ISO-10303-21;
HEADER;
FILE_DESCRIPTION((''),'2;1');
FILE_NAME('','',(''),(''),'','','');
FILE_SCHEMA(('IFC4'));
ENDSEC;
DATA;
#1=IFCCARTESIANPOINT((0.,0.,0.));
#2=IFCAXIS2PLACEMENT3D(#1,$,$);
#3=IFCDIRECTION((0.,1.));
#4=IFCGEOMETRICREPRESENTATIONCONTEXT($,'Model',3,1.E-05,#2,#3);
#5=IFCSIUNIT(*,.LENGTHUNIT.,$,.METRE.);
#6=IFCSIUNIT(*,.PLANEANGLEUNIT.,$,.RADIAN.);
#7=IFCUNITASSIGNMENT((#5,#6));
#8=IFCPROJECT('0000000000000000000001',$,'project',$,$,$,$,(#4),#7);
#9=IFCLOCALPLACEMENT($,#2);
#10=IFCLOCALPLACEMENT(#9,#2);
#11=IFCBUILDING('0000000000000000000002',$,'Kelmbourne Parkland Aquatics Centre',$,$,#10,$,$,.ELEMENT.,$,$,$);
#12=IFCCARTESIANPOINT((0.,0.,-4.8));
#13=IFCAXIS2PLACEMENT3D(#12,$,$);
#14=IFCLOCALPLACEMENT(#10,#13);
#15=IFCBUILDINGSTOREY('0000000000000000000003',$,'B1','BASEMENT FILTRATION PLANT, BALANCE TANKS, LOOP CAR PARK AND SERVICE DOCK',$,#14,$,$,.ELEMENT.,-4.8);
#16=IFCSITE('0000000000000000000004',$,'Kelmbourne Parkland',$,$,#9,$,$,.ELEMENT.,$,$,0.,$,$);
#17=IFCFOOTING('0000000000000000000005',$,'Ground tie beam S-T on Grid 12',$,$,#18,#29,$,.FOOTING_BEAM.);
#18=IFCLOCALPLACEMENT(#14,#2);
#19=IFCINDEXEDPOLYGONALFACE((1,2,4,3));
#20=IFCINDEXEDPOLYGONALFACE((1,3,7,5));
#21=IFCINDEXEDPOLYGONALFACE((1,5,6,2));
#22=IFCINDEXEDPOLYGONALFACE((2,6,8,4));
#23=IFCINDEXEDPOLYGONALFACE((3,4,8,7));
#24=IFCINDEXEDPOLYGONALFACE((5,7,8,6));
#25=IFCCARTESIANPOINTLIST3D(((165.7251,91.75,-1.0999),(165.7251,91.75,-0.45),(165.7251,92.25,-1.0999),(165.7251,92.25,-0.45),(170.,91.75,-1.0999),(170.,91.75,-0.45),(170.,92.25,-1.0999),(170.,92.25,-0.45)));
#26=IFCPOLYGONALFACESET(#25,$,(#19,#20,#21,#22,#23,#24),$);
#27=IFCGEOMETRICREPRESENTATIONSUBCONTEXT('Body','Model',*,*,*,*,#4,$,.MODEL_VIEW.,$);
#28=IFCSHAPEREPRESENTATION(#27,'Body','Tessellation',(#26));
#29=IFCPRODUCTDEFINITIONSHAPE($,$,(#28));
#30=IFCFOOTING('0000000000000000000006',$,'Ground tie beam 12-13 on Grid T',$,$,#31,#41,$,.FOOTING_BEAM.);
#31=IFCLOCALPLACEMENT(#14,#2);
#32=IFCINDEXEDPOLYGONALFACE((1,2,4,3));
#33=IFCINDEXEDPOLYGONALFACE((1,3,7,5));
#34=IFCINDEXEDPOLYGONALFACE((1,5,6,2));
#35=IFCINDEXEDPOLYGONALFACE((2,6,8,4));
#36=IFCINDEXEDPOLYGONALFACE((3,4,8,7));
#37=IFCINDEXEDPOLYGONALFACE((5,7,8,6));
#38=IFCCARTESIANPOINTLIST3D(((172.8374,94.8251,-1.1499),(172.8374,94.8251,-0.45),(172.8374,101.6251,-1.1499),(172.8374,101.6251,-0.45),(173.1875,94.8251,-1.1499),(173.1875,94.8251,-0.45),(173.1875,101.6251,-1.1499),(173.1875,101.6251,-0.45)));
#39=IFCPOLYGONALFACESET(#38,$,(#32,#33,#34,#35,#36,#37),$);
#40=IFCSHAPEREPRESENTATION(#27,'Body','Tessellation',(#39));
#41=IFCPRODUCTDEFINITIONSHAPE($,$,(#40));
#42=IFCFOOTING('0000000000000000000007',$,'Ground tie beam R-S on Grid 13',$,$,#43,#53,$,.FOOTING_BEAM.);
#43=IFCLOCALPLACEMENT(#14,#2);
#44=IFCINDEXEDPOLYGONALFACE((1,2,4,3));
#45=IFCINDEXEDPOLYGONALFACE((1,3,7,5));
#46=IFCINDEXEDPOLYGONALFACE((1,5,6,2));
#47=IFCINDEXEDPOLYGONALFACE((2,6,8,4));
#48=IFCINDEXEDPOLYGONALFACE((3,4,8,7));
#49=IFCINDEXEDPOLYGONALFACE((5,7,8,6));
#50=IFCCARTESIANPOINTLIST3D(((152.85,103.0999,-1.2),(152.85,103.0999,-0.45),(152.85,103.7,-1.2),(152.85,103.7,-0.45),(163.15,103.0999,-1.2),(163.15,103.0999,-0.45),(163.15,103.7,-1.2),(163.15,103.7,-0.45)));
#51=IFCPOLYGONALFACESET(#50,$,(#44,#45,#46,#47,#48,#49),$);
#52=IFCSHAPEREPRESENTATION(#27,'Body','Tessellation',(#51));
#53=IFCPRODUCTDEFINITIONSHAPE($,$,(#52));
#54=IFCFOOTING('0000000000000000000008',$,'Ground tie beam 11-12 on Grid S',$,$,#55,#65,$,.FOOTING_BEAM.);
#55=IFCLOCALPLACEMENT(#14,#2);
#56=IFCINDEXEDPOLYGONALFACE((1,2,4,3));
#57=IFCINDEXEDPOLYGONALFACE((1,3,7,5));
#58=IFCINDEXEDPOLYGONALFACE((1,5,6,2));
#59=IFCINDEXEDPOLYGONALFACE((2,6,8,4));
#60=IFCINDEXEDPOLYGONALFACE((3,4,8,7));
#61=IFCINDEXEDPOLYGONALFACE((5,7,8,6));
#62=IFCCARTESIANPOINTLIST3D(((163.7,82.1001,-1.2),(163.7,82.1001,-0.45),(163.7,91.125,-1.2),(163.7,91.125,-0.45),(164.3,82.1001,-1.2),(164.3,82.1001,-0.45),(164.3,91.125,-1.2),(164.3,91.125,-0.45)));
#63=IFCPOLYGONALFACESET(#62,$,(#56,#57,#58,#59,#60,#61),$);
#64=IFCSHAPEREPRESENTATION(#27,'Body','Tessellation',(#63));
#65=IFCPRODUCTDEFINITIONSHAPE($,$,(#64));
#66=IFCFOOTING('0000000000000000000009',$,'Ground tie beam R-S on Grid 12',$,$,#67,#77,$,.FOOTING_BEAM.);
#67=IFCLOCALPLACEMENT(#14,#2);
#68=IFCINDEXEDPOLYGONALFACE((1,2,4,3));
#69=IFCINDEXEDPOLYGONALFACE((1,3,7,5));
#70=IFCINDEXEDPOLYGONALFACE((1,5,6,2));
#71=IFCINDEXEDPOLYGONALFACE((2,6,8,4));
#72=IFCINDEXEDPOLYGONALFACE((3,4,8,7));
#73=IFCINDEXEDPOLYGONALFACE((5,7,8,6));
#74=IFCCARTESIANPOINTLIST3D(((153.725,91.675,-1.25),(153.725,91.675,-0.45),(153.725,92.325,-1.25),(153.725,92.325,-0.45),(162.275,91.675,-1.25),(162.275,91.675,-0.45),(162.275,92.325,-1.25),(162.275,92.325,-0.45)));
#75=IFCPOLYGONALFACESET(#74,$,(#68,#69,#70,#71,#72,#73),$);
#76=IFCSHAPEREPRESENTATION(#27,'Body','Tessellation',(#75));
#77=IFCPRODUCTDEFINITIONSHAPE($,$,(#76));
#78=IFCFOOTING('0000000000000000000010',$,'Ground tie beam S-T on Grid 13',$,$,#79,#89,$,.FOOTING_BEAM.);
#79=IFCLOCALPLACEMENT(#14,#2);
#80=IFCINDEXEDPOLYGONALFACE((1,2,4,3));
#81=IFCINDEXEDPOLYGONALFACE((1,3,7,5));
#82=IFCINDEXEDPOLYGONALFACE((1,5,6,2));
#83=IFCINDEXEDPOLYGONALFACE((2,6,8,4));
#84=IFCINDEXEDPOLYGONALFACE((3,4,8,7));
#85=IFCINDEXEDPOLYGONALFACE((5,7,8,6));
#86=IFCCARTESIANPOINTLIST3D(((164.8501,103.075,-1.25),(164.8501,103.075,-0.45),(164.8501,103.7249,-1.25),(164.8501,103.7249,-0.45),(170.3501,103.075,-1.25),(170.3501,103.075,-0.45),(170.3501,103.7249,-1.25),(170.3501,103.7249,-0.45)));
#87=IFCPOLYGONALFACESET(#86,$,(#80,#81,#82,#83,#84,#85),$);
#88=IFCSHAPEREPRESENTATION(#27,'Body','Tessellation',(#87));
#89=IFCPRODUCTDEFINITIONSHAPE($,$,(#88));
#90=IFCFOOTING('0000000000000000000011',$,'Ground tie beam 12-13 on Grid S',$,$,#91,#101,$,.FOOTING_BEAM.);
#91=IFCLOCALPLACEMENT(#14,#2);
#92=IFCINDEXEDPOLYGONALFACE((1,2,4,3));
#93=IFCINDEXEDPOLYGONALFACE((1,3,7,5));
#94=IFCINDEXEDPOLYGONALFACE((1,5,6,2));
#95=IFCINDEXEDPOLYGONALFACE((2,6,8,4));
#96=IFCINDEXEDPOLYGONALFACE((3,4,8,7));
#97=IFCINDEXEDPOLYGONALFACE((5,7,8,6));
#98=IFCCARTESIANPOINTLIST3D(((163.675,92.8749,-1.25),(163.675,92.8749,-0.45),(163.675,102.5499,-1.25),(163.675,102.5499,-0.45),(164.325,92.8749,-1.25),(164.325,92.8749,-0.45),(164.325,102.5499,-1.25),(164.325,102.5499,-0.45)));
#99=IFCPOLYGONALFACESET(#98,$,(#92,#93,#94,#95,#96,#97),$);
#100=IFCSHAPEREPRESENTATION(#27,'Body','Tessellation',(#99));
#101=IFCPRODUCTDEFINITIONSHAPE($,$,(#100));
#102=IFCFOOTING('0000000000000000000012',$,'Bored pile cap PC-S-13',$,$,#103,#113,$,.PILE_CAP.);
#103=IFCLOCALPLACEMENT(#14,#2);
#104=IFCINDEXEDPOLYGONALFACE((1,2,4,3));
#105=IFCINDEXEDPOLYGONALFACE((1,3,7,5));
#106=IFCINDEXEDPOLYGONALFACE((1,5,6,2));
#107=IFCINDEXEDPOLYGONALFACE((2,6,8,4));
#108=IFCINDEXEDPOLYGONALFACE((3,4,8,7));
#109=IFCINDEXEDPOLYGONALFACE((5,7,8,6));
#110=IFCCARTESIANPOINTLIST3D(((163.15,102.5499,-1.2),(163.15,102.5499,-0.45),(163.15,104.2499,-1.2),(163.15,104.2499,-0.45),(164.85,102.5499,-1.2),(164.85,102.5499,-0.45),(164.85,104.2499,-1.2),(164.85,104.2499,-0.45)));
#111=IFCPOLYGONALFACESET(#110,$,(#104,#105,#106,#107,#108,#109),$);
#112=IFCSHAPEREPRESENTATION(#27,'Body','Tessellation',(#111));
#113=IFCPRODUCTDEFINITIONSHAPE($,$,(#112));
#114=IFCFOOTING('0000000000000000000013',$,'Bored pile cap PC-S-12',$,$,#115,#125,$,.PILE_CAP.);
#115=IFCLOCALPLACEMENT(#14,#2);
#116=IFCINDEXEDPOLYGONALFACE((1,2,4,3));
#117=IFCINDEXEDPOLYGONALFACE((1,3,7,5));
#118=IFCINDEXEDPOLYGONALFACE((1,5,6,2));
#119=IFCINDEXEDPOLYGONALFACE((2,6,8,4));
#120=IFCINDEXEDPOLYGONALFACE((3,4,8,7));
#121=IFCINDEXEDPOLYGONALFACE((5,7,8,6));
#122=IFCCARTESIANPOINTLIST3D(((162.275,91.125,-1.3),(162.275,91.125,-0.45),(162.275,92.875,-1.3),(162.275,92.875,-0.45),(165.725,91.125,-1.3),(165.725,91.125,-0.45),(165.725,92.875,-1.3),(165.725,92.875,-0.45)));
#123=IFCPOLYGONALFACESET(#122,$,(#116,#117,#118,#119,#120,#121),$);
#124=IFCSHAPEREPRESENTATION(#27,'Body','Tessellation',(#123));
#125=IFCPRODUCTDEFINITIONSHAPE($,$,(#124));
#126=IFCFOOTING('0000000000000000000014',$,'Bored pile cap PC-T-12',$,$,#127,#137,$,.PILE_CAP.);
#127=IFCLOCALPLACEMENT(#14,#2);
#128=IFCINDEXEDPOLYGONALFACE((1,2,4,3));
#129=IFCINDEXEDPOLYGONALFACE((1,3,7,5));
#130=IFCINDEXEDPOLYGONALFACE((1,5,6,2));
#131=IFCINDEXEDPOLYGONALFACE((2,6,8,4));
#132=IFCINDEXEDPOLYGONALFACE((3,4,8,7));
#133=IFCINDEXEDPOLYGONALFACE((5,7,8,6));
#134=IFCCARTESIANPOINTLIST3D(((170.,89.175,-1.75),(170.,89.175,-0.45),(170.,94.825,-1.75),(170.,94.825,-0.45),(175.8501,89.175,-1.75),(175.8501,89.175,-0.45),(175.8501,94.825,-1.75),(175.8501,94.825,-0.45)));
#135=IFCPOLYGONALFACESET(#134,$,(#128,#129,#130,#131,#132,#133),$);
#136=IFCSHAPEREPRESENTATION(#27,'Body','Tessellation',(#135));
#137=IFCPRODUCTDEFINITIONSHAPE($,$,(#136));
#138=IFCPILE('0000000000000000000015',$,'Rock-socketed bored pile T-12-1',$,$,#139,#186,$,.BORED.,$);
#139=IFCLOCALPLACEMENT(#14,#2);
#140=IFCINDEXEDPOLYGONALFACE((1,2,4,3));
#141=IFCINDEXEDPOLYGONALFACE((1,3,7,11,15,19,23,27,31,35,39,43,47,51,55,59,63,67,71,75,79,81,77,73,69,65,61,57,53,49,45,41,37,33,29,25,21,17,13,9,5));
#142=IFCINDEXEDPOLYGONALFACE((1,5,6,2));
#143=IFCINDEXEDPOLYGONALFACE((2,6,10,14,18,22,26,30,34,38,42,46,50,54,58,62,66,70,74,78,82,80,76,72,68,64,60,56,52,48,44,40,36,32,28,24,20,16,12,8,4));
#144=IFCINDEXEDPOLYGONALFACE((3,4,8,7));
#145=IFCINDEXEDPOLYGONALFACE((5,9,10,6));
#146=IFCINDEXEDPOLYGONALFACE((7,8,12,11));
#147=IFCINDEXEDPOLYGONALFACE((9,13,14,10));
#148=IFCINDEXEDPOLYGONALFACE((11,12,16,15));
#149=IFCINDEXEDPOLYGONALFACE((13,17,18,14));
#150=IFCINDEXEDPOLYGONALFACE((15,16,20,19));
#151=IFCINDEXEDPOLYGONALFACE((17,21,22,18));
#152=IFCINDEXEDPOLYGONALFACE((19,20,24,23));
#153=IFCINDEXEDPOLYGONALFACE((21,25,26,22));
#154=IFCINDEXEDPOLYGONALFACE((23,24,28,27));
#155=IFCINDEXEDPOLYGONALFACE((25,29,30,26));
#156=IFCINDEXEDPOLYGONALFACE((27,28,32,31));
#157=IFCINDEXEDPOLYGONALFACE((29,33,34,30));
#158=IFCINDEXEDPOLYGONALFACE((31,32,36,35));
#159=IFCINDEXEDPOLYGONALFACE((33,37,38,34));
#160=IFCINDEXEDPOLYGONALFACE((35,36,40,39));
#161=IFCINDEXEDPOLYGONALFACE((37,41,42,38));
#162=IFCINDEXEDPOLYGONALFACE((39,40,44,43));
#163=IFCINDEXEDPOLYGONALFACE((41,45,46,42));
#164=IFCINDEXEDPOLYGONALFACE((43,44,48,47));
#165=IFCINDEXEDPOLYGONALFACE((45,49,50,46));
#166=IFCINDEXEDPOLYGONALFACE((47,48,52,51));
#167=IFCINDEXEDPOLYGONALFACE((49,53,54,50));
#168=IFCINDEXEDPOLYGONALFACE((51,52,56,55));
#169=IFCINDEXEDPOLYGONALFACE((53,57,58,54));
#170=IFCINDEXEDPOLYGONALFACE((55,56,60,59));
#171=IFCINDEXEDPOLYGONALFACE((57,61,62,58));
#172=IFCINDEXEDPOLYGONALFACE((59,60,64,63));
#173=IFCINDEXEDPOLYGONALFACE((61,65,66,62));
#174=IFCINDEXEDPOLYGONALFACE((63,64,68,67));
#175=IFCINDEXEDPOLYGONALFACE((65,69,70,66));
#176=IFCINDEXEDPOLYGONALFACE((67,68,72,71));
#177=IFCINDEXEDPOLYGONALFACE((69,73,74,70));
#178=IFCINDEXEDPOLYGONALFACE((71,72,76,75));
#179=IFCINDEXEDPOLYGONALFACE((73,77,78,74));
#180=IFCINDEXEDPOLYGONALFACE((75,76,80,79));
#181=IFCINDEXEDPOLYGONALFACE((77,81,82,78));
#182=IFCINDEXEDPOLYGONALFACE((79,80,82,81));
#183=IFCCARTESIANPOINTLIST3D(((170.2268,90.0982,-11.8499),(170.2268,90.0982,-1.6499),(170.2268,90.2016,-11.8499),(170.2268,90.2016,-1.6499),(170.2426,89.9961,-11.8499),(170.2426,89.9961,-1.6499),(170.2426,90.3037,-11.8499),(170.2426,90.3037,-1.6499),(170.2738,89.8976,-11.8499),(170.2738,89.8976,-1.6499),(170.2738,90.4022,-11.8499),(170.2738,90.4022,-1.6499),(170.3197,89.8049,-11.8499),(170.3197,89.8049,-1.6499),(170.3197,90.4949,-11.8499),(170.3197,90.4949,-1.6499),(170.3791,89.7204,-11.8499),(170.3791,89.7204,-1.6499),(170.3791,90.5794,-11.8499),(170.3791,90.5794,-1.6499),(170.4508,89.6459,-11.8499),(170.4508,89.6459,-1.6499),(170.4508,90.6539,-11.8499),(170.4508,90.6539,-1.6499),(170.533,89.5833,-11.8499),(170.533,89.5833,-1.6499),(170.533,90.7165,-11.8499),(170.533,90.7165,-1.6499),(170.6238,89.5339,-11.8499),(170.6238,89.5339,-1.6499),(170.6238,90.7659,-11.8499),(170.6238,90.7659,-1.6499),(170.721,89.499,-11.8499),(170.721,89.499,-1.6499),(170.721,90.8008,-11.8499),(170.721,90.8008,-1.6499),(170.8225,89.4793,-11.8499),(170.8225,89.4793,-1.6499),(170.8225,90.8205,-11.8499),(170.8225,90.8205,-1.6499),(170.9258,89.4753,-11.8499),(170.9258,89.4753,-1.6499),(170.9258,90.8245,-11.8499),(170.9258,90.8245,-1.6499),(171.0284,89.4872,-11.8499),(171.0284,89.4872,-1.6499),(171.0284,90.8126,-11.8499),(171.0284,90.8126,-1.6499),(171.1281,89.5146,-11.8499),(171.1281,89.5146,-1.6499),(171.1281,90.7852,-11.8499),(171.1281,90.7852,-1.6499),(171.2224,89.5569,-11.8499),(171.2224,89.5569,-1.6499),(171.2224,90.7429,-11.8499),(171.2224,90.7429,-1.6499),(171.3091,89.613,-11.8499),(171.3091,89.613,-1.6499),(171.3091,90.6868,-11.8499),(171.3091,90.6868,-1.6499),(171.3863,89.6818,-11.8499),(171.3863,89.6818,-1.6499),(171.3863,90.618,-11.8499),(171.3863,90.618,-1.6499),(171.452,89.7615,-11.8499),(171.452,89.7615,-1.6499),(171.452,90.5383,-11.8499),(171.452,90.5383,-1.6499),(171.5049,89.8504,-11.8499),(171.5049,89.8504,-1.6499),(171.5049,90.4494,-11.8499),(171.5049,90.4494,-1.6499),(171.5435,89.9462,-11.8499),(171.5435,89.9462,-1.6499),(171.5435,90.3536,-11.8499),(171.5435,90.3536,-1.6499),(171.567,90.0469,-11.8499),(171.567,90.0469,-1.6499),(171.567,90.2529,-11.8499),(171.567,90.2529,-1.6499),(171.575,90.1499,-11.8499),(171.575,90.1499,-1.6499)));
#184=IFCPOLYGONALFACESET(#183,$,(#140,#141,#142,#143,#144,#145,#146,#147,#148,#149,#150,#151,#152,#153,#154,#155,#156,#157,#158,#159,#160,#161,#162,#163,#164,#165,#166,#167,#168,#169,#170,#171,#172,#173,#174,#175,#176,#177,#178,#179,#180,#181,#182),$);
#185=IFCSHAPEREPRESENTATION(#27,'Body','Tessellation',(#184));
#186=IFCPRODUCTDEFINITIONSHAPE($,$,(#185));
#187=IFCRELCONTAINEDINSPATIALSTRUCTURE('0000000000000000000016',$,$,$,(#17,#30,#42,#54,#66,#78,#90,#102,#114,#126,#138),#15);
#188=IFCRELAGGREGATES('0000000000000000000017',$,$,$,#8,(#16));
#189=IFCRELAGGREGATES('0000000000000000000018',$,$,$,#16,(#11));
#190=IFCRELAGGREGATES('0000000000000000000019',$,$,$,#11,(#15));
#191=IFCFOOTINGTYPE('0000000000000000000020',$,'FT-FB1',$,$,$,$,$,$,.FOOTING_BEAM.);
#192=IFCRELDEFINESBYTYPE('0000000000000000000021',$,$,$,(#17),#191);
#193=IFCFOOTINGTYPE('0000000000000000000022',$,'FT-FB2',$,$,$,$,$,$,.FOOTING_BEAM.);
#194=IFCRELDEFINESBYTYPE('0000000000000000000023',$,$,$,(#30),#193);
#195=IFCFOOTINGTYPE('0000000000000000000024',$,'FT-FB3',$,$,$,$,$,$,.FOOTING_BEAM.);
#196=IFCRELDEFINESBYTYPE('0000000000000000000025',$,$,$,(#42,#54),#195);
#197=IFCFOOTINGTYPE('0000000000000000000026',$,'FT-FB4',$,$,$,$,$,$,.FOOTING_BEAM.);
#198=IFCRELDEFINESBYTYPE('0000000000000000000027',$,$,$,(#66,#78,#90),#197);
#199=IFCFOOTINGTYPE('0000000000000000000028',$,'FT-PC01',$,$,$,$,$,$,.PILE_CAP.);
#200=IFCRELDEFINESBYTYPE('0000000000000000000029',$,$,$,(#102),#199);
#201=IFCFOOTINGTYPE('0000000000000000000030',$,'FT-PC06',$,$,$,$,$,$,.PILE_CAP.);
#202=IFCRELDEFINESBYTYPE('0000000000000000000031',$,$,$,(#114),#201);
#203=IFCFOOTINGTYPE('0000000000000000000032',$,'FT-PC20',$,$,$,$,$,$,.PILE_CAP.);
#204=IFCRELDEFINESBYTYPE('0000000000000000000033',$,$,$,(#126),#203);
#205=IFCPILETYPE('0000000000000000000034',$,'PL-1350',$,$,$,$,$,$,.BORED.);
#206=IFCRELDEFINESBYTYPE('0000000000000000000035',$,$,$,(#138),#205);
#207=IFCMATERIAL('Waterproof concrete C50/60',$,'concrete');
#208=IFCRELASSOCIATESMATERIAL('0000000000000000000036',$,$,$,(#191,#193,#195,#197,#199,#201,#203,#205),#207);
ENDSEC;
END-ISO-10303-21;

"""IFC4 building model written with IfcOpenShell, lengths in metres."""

from ifc_helpers import new_model, si_unit, direction, frame, origin, origin_2d, place, context, subcontext, project, spatial, rectangle, circle, extrude, material, material_profile, profile_set, type_object, element, save


model = new_model("IFC4")

# Units and contexts
model_context = context("Model", 3, precision=1e-05, world=origin(), true_north=direction((0.0, 1.0)))
body_context = subcontext(model_context, "Body", "Model", "MODEL_VIEW")
ifc_project = project(units=[si_unit("LENGTHUNIT", "METRE"), si_unit("PLANEANGLEUNIT", "RADIAN")], contexts=[model_context])

# Site, building, storey
site_placement = place(None, origin())
site = spatial("IfcSite", under=ifc_project, at=site_placement, Name="Kelmbourne Parkland", CompositionType="ELEMENT", RefElevation=0.0)
building_placement = place(site_placement, origin())
building = spatial("IfcBuilding", under=site, at=building_placement, Name="Kelmbourne Parkland Aquatics Centre", CompositionType="ELEMENT")
storey_placement = place(building_placement, frame((0.0, 0.0, -4.8)))
storey = spatial("IfcBuildingStorey", under=building, at=storey_placement, Name="B1", Description="BASEMENT FILTRATION PLANT, BALANCE TANKS, LOOP CAR PARK AND SERVICE DOCK", CompositionType="ELEMENT", Elevation=-4.8)

# Footings
ifc_material_1 = material(Name="Waterproof concrete C50/60", Category="concrete")
footing_type_1 = type_object("IfcFootingType", Name="FT-FB1", PredefinedType="FOOTING_BEAM", material=ifc_material_1)
footing_1_placement = place(storey_placement, frame((167.8625, 92.0, -1.0999), z_axis=(0.0, 0.0, 1.0), x_axis=(1.0, 0.0, 0.0)))
element("IfcFooting", 1, at=footing_1_placement, inside=storey, type_object=footing_type_1, Name="Ground tie beam S-T on Grid 12", PredefinedType="FOOTING_BEAM", context=body_context, shape_type="SweptSolid", body=[
    extrude(rectangle(XDim=4.2749, YDim=0.5, at=origin_2d()), origin(), (0.0, 0.0, 1.0), 0.6499),
])
footing_type_2 = type_object("IfcFootingType", Name="FT-FB2", PredefinedType="FOOTING_BEAM", material=ifc_material_1)
footing_2_placement = place(storey_placement, frame((173.0125, 98.2251, -1.1499), z_axis=(0.0, 0.0, 1.0), x_axis=(0.0, 1.0, 0.0)))
element("IfcFooting", 2, at=footing_2_placement, inside=storey, type_object=footing_type_2, Name="Ground tie beam 12-13 on Grid T", PredefinedType="FOOTING_BEAM", context=body_context, shape_type="SweptSolid", body=[
    extrude(rectangle(XDim=6.8, YDim=0.3501, at=origin_2d()), origin(), (0.0, 0.0, 1.0), 0.7),
])
footing_type_3 = type_object("IfcFootingType", Name="FT-FB3", PredefinedType="FOOTING_BEAM", material=ifc_material_1)
footing_3_placement = place(storey_placement, frame((158.0, 103.3999, -1.2), z_axis=(0.0, 0.0, 1.0), x_axis=(1.0, 0.0, 0.0)))
element("IfcFooting", 3, at=footing_3_placement, inside=storey, type_object=footing_type_3, Name="Ground tie beam R-S on Grid 13", PredefinedType="FOOTING_BEAM", context=body_context, shape_type="SweptSolid", body=[
    extrude(rectangle(XDim=10.3, YDim=0.6001, at=origin_2d()), origin(), (0.0, 0.0, 1.0), 0.75),
])
footing_4_placement = place(storey_placement, frame((164.0, 86.6125, -1.2), z_axis=(0.0, 0.0, 1.0), x_axis=(0.0, 1.0, 0.0)))
element("IfcFooting", 4, at=footing_4_placement, inside=storey, type_object=footing_type_3, Name="Ground tie beam 11-12 on Grid S", PredefinedType="FOOTING_BEAM", context=body_context, shape_type="SweptSolid", body=[
    extrude(rectangle(XDim=9.0249, YDim=0.6001, at=origin_2d()), origin(), (0.0, 0.0, 1.0), 0.75),
])
footing_type_4 = type_object("IfcFootingType", Name="FT-FB4", PredefinedType="FOOTING_BEAM", material=ifc_material_1)
footing_5_placement = place(storey_placement, frame((158.0, 92.0, -1.25), z_axis=(0.0, 0.0, 1.0), x_axis=(1.0, 0.0, 0.0)))
element("IfcFooting", 5, at=footing_5_placement, inside=storey, type_object=footing_type_4, Name="Ground tie beam R-S on Grid 12", PredefinedType="FOOTING_BEAM", context=body_context, shape_type="SweptSolid", body=[
    extrude(rectangle(XDim=8.55, YDim=0.6499, at=origin_2d()), origin(), (0.0, 0.0, 1.0), 0.8),
])
footing_6_placement = place(storey_placement, frame((167.6001, 103.3999, -1.25), z_axis=(0.0, 0.0, 1.0), x_axis=(1.0, 0.0, 0.0)))
element("IfcFooting", 6, at=footing_6_placement, inside=storey, type_object=footing_type_4, Name="Ground tie beam S-T on Grid 13", PredefinedType="FOOTING_BEAM", context=body_context, shape_type="SweptSolid", body=[
    extrude(rectangle(XDim=5.5, YDim=0.6499, at=origin_2d()), origin(), (0.0, 0.0, 1.0), 0.8),
])
footing_7_placement = place(storey_placement, frame((164.0, 97.7124, -1.25), z_axis=(0.0, 0.0, 1.0), x_axis=(0.0, 1.0, 0.0)))
element("IfcFooting", 7, at=footing_7_placement, inside=storey, type_object=footing_type_4, Name="Ground tie beam 12-13 on Grid S", PredefinedType="FOOTING_BEAM", context=body_context, shape_type="SweptSolid", body=[
    extrude(rectangle(XDim=9.675, YDim=0.6499, at=origin_2d()), origin(), (0.0, 0.0, 1.0), 0.8),
])
footing_type_5 = type_object("IfcFootingType", Name="FT-PC01", PredefinedType="PILE_CAP", material=ifc_material_1)
footing_8_placement = place(storey_placement, frame((164.0, 103.3999, -1.2), z_axis=(0.0, 0.0, 1.0), x_axis=(1.0, 0.0, 0.0)))
element("IfcFooting", 8, at=footing_8_placement, inside=storey, type_object=footing_type_5, Name="Bored pile cap PC-S-13", PredefinedType="PILE_CAP", context=body_context, shape_type="SweptSolid", body=[
    extrude(rectangle(XDim=1.7, YDim=1.7, at=origin_2d()), origin(), (0.0, 0.0, 1.0), 0.75),
])
footing_type_6 = type_object("IfcFootingType", Name="FT-PC06", PredefinedType="PILE_CAP", material=ifc_material_1)
footing_9_placement = place(storey_placement, frame((164.0, 92.0, -1.3), z_axis=(0.0, 0.0, 1.0), x_axis=(1.0, 0.0, 0.0)))
element("IfcFooting", 9, at=footing_9_placement, inside=storey, type_object=footing_type_6, Name="Bored pile cap PC-S-12", PredefinedType="PILE_CAP", context=body_context, shape_type="SweptSolid", body=[
    extrude(rectangle(XDim=3.45, YDim=1.75, at=origin_2d()), origin(), (0.0, 0.0, 1.0), 0.8501),
])
footing_type_7 = type_object("IfcFootingType", Name="FT-PC20", PredefinedType="PILE_CAP", material=ifc_material_1)
footing_10_placement = place(storey_placement, frame((172.925, 92.0, -1.75), z_axis=(0.0, 0.0, 1.0), x_axis=(1.0, 0.0, 0.0)))
element("IfcFooting", 10, at=footing_10_placement, inside=storey, type_object=footing_type_7, Name="Bored pile cap PC-T-12", PredefinedType="PILE_CAP", context=body_context, shape_type="SweptSolid", body=[
    extrude(rectangle(XDim=5.8501, YDim=5.6499, at=origin_2d()), origin(), (0.0, 0.0, 1.0), 1.3),
])

# Pile
ifc_material_profile_1 = material_profile(ifc_material_1, circle(Radius=0.675, at=origin_2d()), Name="PILE D1350")
ifc_profile_set_1 = profile_set([ifc_material_profile_1], Name="Waterproof concrete C50/60")
pile_type_1 = type_object("IfcPileType", Name="PL-1350", PredefinedType="BORED", material=ifc_profile_set_1)
for number, where, z_axis, x_axis, name in (
    (11, (170.8999, 90.1499, -1.6499), (0.0, 0.0, -1.0), (1.0, 0.0, 0.0), "Rock-socketed bored pile T-12-1"),
):
    element("IfcPile", number, at=place(storey_placement, frame(where, z_axis=z_axis, x_axis=x_axis)), inside=storey, type_object=pile_type_1, Name=name, PredefinedType="BORED", context=body_context, shape_type="SweptSolid", body=[
        extrude(circle(Radius=0.675, at=origin_2d()), origin(), (0.0, 0.0, 1.0), 10.2),
    ])

save(model, "model.ifc")
